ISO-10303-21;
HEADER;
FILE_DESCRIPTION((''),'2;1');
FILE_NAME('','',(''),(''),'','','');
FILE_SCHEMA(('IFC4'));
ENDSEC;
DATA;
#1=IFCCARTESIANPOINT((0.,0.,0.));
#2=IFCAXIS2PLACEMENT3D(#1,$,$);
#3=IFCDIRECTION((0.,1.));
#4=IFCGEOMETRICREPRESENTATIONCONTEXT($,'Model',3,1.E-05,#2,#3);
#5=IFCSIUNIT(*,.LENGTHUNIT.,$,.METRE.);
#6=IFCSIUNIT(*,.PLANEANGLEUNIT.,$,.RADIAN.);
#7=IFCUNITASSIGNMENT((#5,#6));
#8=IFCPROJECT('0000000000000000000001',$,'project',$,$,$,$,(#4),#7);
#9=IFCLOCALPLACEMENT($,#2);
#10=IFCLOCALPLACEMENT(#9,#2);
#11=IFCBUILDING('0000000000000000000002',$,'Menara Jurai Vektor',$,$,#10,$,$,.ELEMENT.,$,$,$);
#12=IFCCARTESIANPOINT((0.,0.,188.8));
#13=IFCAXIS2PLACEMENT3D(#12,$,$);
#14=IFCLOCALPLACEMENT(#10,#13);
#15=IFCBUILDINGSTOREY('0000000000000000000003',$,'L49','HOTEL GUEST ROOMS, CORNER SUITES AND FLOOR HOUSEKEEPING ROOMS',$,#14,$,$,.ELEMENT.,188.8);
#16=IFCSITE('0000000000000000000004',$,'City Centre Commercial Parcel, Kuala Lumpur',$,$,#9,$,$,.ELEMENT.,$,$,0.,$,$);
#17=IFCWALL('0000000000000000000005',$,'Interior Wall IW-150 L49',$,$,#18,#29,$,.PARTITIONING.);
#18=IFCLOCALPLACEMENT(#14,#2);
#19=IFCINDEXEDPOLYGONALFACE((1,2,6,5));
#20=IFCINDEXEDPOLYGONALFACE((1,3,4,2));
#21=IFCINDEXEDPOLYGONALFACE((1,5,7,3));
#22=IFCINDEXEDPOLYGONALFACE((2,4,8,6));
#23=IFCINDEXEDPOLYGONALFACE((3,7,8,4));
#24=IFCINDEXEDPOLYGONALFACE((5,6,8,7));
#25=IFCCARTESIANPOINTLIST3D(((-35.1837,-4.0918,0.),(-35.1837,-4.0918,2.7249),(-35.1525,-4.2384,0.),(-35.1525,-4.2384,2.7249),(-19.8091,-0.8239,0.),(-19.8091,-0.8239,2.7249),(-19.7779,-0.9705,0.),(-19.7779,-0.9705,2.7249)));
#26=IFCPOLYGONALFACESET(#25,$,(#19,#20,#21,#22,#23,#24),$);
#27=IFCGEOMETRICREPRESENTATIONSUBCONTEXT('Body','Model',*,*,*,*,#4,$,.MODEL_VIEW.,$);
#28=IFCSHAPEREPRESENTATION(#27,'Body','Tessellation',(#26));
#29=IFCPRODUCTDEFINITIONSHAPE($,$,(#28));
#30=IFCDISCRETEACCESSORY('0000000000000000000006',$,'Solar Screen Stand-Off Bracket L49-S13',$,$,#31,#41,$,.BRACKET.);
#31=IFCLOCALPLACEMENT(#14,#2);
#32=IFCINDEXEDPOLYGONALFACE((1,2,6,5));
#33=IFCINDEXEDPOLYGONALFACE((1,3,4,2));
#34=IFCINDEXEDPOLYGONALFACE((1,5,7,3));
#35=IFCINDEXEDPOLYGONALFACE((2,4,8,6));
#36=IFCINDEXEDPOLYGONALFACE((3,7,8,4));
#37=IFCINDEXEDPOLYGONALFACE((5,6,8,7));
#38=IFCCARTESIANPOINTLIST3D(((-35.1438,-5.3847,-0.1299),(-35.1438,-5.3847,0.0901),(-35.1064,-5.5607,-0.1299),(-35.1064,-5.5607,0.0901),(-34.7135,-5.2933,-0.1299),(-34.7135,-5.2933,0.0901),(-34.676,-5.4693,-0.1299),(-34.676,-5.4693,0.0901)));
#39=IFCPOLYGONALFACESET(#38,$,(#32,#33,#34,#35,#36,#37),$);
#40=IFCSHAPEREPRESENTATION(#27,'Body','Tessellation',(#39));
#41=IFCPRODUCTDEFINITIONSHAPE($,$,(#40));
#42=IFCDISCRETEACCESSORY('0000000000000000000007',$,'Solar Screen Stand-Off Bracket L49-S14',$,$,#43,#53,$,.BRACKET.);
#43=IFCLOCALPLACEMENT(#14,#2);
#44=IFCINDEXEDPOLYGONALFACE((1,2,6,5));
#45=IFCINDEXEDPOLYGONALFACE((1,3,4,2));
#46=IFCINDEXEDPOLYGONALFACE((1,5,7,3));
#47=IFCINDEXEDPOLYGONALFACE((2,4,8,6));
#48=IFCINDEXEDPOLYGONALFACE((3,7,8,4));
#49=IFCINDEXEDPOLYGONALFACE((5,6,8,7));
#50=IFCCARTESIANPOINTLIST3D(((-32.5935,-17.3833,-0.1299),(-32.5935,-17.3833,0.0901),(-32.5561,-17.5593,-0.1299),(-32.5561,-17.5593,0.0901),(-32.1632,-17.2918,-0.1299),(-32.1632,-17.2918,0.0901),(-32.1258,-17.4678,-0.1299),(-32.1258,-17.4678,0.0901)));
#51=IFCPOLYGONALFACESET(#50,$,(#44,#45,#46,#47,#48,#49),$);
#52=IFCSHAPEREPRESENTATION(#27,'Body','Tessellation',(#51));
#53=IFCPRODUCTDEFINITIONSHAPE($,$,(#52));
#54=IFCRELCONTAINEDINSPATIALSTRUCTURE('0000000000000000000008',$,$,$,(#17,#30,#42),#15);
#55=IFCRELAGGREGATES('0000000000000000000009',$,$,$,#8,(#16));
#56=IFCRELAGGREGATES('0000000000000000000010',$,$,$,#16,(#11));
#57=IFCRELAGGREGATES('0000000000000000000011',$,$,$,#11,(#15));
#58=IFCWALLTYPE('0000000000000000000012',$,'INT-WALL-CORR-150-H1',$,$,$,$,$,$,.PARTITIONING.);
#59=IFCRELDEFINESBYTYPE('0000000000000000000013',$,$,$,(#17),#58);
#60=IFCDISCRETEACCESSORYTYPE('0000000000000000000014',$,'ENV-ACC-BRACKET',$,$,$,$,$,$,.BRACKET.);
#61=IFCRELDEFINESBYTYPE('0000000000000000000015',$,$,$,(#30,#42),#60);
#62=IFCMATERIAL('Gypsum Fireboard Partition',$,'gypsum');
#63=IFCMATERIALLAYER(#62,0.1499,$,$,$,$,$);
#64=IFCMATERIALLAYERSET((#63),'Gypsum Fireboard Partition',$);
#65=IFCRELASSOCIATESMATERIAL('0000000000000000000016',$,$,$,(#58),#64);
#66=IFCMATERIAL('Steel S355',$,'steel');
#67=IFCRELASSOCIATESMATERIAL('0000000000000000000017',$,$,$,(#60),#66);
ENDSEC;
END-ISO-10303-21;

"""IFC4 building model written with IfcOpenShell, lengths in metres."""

from ifc_helpers import new_model, si_unit, direction, frame, frame_2d, origin, origin_2d, place, context, subcontext, project, spatial, rectangle, extrude, material, layer, layer_set, type_object, element, save


model = new_model("IFC4")

# Units and contexts
model_context = context("Model", 3, precision=1e-05, world=origin(), true_north=direction((0.0, 1.0)))
body_context = subcontext(model_context, "Body", "Model", "MODEL_VIEW")
ifc_project = project(units=[si_unit("LENGTHUNIT", "METRE"), si_unit("PLANEANGLEUNIT", "RADIAN")], contexts=[model_context])

# Site, building, storey
site_placement = place(None, origin())
site = spatial("IfcSite", under=ifc_project, at=site_placement, Name="City Centre Commercial Parcel, Kuala Lumpur", CompositionType="ELEMENT", RefElevation=0.0)
building_placement = place(site_placement, origin())
building = spatial("IfcBuilding", under=site, at=building_placement, Name="Menara Jurai Vektor", CompositionType="ELEMENT")
storey_placement = place(building_placement, frame((0.0, 0.0, 188.8)))
storey = spatial("IfcBuildingStorey", under=building, at=storey_placement, Name="L49", Description="HOTEL GUEST ROOMS, CORNER SUITES AND FLOOR HOUSEKEEPING ROOMS", CompositionType="ELEMENT", Elevation=188.8)

# Shared definitions
ifc_material_1 = material(Name="Steel S355", Category="steel")

# Shared definitions
ifc_material_2 = material(Name="Gypsum Fireboard Partition", Category="gypsum")

# Wall
ifc_layer_1 = layer(ifc_material_2, 0.1499)
ifc_layer_set_1 = layer_set([ifc_layer_1], Name="Gypsum Fireboard Partition")
wall_type_1 = type_object("IfcWallType", Name="INT-WALL-CORR-150-H1", PredefinedType="PARTITIONING", material=ifc_layer_set_1)
wall_1_placement = place(storey_placement, frame((-35.168, -4.165, 0.0), z_axis=(0.0, 0.0, 1.0), x_axis=(0.978149, 0.207904, 0.0)))
element("IfcWall", 1, at=wall_1_placement, inside=storey, type_object=wall_type_1, Name="Interior Wall IW-150 L49", PredefinedType="PARTITIONING", context=body_context, shape_type="SweptSolid", body=[
    extrude(rectangle(XDim=15.718, YDim=0.1499, at=frame_2d((7.8589, 0.0))), origin(), (0.0, 0.0, 1.0), 2.7249),
])

# Discrete accessories
discrete_accessory_type = type_object("IfcDiscreteAccessoryType", Name="ENV-ACC-BRACKET", PredefinedType="BRACKET", material=ifc_material_1)
for number, where, z_axis, x_axis, name in (
    (2, (-34.9099, -5.427, -0.1299), (0.0, 0.0, 1.0), (0.207912, -0.978148, 0.0), "Solar Screen Stand-Off Bracket L49-S13"),
    (3, (-32.3596, -17.4255, -0.1299), (0.0, 0.0, 1.0), (0.207912, -0.978148, 0.0), "Solar Screen Stand-Off Bracket L49-S14"),
):
    element("IfcDiscreteAccessory", number, at=place(storey_placement, frame(where, z_axis=z_axis, x_axis=x_axis)), inside=storey, type_object=discrete_accessory_type, Name=name, PredefinedType="BRACKET", context=body_context, shape_type="SweptSolid", body=[
        extrude(rectangle(XDim=0.1799, YDim=0.4399, at=origin_2d()), origin(), (0.0, 0.0, 1.0), 0.22),
    ])

save(model, "model.ifc")
